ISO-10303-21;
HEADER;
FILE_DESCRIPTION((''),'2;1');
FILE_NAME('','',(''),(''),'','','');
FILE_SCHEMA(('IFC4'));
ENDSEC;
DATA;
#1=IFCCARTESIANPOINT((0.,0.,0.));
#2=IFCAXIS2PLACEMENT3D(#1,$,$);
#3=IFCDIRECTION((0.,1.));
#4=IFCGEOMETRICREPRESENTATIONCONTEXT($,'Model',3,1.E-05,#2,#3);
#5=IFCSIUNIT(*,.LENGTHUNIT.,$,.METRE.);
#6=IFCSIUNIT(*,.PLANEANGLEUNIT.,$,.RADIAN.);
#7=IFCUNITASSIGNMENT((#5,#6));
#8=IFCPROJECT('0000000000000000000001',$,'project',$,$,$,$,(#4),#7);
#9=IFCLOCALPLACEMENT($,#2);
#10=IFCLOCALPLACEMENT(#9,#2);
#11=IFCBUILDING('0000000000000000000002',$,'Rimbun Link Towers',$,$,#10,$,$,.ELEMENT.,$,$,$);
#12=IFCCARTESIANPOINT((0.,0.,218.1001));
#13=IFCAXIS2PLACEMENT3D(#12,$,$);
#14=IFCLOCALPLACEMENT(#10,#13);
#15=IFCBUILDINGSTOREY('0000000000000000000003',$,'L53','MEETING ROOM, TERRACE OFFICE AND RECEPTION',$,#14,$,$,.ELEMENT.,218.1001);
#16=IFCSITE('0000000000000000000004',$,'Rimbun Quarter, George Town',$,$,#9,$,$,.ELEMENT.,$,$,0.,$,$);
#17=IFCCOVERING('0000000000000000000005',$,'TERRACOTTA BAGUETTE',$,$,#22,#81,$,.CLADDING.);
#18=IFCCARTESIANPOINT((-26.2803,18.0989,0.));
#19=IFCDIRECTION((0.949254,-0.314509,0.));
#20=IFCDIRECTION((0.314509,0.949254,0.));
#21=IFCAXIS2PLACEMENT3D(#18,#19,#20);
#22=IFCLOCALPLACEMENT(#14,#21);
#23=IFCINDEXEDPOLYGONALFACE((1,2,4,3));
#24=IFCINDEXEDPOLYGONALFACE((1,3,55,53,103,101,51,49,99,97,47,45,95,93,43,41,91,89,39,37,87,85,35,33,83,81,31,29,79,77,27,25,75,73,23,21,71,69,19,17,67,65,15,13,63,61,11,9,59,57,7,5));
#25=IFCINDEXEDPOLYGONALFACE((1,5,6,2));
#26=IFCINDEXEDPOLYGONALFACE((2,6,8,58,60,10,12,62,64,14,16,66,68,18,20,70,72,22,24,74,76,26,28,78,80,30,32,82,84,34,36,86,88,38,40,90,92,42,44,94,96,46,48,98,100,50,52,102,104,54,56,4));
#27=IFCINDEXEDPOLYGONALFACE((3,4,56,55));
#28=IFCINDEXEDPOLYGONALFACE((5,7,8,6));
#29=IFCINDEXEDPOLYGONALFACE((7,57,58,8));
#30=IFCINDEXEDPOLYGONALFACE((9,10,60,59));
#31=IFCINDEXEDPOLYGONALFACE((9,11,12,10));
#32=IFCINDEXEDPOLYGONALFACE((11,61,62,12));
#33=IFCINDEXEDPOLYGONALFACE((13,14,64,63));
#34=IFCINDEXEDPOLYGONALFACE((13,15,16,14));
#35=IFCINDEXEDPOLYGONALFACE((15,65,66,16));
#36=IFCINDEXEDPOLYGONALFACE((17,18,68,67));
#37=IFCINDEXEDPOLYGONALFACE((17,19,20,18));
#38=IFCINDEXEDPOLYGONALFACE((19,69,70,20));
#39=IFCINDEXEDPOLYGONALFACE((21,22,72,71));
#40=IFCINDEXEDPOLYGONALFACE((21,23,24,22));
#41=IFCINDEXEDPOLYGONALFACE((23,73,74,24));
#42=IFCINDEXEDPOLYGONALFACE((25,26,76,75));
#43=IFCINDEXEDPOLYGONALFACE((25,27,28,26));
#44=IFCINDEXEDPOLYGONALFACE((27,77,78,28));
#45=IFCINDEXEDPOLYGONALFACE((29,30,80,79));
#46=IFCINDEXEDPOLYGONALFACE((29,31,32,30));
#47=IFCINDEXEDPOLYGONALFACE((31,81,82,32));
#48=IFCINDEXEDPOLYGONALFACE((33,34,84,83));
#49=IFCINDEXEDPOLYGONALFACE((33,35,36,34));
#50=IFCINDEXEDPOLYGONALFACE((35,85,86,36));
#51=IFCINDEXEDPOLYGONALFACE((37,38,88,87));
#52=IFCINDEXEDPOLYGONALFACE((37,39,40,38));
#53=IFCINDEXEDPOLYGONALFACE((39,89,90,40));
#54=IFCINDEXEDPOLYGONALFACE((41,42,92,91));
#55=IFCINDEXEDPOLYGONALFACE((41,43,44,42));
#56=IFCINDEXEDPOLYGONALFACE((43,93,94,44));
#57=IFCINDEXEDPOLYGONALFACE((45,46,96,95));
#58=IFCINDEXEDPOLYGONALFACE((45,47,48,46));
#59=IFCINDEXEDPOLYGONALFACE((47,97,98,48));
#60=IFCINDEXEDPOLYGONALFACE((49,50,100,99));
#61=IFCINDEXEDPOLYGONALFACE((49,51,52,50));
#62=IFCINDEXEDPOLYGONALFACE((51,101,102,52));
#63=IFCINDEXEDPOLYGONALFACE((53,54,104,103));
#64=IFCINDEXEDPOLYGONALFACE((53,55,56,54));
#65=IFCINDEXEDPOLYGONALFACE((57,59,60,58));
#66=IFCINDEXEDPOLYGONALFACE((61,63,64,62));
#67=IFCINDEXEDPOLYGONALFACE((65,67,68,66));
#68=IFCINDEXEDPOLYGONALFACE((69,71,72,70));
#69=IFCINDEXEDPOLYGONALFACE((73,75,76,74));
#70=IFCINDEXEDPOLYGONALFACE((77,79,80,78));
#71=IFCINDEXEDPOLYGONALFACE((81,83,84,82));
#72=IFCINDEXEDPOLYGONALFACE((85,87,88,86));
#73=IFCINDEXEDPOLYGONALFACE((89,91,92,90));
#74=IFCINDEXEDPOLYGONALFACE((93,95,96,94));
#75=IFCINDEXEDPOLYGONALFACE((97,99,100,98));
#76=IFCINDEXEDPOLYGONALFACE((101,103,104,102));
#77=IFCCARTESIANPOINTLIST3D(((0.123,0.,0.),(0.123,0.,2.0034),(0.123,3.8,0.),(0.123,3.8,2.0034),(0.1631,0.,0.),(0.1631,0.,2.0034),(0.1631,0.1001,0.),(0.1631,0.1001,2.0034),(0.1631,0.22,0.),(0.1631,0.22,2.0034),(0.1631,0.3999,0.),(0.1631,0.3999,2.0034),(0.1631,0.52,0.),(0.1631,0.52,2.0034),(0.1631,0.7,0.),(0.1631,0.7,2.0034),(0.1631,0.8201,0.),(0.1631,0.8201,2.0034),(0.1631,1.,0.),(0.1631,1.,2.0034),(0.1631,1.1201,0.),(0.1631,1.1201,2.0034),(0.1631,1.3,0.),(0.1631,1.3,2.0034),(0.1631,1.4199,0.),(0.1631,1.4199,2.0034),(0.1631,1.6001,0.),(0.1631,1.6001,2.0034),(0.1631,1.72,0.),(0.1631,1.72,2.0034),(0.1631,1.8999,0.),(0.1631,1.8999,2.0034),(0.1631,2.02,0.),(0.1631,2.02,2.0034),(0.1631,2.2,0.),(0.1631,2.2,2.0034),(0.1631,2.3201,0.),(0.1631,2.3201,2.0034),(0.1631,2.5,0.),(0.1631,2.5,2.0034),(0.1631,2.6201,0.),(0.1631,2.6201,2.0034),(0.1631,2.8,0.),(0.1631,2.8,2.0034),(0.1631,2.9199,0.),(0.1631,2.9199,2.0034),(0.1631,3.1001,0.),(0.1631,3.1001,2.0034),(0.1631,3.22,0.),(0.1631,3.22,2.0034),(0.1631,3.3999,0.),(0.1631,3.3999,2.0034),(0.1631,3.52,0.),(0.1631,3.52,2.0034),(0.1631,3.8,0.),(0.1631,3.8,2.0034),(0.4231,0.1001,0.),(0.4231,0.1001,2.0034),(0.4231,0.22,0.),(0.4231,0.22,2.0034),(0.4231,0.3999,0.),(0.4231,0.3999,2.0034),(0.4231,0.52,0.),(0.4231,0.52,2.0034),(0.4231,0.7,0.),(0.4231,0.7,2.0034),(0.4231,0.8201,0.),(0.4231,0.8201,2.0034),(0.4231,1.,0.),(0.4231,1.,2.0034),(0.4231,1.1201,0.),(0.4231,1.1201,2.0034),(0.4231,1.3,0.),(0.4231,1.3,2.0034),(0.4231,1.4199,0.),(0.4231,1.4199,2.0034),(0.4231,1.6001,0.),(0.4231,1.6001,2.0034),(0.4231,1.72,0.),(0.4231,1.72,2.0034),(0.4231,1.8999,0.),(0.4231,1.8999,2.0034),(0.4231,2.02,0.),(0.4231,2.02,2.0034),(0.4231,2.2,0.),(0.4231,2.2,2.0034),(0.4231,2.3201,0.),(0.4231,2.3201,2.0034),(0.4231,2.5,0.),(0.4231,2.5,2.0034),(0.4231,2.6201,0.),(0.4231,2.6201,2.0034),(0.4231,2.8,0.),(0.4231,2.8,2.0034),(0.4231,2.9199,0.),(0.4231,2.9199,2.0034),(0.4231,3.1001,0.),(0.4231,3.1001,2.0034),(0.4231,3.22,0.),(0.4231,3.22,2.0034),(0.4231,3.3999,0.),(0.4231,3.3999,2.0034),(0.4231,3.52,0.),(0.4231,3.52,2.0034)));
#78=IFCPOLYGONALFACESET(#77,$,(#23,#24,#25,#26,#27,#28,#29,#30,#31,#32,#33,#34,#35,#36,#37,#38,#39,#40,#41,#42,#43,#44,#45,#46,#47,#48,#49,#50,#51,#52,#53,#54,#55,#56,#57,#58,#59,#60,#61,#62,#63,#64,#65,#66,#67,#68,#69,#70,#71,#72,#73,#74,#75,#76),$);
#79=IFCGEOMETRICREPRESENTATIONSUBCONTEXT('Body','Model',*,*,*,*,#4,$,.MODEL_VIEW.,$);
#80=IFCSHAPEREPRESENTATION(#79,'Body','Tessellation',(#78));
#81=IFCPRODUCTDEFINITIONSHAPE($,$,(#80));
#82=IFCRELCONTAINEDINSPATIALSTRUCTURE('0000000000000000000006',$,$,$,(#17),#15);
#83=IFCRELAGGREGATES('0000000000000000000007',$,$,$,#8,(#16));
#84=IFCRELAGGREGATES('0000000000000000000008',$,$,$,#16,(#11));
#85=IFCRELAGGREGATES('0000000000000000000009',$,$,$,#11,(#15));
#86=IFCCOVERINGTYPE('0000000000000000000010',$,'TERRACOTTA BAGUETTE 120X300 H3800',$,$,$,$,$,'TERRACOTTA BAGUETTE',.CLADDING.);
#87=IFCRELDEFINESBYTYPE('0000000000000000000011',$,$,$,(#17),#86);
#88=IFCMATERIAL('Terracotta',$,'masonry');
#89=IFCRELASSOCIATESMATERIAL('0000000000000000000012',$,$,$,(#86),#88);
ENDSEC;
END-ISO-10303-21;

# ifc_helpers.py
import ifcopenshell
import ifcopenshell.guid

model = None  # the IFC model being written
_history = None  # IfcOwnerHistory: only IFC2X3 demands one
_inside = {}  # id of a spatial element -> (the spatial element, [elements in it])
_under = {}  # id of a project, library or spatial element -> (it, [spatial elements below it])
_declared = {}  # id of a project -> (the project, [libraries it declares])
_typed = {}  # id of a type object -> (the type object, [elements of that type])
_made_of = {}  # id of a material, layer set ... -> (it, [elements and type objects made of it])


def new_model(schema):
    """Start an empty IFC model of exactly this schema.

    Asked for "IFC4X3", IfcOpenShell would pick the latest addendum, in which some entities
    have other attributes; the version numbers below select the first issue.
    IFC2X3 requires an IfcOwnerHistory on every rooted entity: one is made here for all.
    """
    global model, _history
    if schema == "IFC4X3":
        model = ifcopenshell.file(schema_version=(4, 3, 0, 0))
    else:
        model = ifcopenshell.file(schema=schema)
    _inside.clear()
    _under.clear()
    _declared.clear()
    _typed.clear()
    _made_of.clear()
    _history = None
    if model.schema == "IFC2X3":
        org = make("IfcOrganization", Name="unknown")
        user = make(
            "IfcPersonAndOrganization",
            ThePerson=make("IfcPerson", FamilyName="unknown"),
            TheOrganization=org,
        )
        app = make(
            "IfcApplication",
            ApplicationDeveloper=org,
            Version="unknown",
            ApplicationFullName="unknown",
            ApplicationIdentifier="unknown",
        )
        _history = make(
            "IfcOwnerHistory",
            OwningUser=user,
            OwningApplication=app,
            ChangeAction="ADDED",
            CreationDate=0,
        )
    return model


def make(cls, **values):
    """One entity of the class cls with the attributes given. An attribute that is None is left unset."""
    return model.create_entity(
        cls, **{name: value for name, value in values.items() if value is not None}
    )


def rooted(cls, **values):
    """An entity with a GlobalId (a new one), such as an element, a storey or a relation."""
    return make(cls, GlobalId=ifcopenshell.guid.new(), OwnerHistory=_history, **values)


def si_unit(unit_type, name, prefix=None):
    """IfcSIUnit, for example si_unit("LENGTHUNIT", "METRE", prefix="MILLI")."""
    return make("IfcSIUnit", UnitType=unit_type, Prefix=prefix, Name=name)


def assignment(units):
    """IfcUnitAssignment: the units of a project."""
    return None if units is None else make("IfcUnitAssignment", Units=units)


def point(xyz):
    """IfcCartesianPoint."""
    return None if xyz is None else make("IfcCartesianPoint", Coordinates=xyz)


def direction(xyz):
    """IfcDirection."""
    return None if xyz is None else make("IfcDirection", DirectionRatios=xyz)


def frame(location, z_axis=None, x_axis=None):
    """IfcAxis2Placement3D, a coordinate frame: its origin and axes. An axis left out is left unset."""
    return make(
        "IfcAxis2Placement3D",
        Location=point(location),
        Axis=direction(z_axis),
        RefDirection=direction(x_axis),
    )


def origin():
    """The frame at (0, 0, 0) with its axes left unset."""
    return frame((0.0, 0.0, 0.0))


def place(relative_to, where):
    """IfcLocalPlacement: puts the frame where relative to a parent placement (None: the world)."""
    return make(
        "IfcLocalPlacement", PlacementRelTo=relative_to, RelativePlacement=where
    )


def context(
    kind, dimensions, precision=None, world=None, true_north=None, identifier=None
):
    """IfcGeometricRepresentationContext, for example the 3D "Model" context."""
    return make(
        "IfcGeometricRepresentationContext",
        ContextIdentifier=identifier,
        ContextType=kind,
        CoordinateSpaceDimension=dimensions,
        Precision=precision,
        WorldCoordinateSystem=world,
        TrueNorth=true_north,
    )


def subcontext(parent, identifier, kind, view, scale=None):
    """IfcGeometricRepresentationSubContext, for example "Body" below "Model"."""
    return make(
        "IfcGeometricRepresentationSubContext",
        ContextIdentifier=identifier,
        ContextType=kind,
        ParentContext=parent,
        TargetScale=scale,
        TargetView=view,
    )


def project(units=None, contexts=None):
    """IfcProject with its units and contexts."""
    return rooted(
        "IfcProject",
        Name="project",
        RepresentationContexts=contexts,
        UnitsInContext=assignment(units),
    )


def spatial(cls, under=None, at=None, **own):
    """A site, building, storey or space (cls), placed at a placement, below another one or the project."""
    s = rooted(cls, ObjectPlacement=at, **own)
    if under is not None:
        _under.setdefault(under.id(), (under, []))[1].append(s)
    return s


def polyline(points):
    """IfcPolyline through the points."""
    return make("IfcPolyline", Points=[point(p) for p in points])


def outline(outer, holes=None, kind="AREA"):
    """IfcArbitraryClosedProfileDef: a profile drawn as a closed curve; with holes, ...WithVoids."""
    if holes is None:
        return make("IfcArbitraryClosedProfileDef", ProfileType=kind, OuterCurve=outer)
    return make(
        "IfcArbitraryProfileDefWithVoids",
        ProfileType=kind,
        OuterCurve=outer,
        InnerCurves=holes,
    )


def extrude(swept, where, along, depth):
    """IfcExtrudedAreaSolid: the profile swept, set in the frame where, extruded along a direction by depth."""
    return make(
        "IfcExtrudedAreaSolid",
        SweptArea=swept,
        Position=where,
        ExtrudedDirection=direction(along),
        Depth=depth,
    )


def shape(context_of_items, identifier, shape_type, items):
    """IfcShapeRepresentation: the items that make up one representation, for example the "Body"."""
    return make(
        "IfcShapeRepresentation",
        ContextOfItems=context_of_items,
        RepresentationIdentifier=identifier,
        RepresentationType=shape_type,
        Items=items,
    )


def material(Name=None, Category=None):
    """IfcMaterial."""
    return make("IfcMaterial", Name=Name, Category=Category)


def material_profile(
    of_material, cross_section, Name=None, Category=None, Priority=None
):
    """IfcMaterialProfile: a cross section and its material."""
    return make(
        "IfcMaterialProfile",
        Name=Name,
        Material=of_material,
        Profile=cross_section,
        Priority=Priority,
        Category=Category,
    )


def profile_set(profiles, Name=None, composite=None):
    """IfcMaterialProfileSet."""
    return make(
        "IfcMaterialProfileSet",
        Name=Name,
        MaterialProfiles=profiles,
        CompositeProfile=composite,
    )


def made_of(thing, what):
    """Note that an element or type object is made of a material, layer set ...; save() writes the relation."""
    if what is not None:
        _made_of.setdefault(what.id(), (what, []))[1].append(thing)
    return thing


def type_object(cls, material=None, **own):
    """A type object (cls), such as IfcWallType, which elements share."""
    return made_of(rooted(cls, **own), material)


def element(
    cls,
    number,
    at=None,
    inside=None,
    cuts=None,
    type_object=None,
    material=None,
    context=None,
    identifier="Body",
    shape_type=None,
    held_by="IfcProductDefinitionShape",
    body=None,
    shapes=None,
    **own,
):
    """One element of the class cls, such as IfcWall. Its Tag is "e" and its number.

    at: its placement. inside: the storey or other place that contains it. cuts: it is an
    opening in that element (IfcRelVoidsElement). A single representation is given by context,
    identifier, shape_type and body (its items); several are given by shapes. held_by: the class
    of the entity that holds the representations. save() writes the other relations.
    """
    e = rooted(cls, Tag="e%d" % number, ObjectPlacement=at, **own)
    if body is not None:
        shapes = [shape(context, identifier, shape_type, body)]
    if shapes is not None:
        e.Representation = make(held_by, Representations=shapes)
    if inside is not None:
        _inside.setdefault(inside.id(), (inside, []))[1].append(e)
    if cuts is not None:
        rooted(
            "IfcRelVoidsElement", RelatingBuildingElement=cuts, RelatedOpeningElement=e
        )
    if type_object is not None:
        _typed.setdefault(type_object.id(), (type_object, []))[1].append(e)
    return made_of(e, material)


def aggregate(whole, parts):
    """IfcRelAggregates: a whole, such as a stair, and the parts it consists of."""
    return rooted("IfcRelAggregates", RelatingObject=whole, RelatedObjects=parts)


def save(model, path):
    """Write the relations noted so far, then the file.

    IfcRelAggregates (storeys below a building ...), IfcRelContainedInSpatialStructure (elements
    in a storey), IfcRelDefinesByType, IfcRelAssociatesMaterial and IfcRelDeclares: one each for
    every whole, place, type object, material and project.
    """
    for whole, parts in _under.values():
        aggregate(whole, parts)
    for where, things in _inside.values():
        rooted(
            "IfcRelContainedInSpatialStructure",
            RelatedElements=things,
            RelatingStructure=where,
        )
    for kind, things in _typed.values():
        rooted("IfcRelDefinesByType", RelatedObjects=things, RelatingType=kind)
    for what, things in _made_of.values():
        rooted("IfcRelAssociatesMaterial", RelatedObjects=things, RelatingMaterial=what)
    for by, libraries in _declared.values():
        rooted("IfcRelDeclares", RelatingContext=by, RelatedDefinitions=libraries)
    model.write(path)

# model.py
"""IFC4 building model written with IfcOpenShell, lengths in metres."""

from ifc_helpers import new_model, si_unit, direction, frame, origin, place, context, subcontext, project, spatial, polyline, outline, extrude, material, material_profile, profile_set, type_object, element, save


model = new_model("IFC4")

# Units and contexts
model_context = context("Model", 3, precision=1e-05, world=origin(), true_north=direction((0.0, 1.0)))
body_context = subcontext(model_context, "Body", "Model", "MODEL_VIEW")
ifc_project = project(units=[si_unit("LENGTHUNIT", "METRE"), si_unit("PLANEANGLEUNIT", "RADIAN")], contexts=[model_context])

# Site, building, storey
site_placement = place(None, origin())
site = spatial("IfcSite", under=ifc_project, at=site_placement, Name="Rimbun Quarter, George Town", CompositionType="ELEMENT", RefElevation=0.0)
building_placement = place(site_placement, origin())
building = spatial("IfcBuilding", under=site, at=building_placement, Name="Rimbun Link Towers", CompositionType="ELEMENT")
storey_placement = place(building_placement, frame((0.0, 0.0, 218.1001)))
storey = spatial("IfcBuildingStorey", under=building, at=storey_placement, Name="L53", Description="MEETING ROOM, TERRACE OFFICE AND RECEPTION", CompositionType="ELEMENT", Elevation=218.1001)

# Covering
ifc_material_1 = material(Name="Terracotta", Category="masonry")
ifc_material_profile_1 = material_profile(ifc_material_1, outline(polyline([(0.123, 0.0), (0.1631, 0.0), (0.1631, 0.1001), (0.4231, 0.1001), (0.4231, 0.22), (0.1631, 0.22), (0.1631, 0.3999), (0.4231, 0.3999), (0.4231, 0.52), (0.1631, 0.52), (0.1631, 0.7), (0.4231, 0.7), (0.4231, 0.8201), (0.1631, 0.8201), (0.1631, 1.0), (0.4231, 1.0), (0.4231, 1.1201), (0.1631, 1.1201), (0.1631, 1.3), (0.4231, 1.3), (0.4231, 1.4199), (0.1631, 1.4199), (0.1631, 1.6001), (0.4231, 1.6001), (0.4231, 1.72), (0.1631, 1.72), (0.1631, 1.8999), (0.4231, 1.8999), (0.4231, 2.02), (0.1631, 2.02), (0.1631, 2.2), (0.4231, 2.2), (0.4231, 2.3201), (0.1631, 2.3201), (0.1631, 2.5), (0.4231, 2.5), (0.4231, 2.6201), (0.1631, 2.6201), (0.1631, 2.8), (0.4231, 2.8), (0.4231, 2.9199), (0.1631, 2.9199), (0.1631, 3.1001), (0.4231, 3.1001), (0.4231, 3.22), (0.1631, 3.22), (0.1631, 3.3999), (0.4231, 3.3999), (0.4231, 3.52), (0.1631, 3.52), (0.1631, 3.8), (0.123, 3.8), (0.123, 0.0)])), Name="BAGUETTE 120X300")
ifc_profile_set_1 = profile_set([ifc_material_profile_1], Name="Terracotta")
covering_type = type_object("IfcCoveringType", Name="TERRACOTTA BAGUETTE 120X300 H3800", ElementType="TERRACOTTA BAGUETTE", PredefinedType="CLADDING", material=ifc_profile_set_1)
covering_1_placement = place(storey_placement, frame((-26.2803, 18.0989, 0.0), z_axis=(0.949254, -0.314509, 0.0), x_axis=(0.314509, 0.949254, 0.0)))
element("IfcCovering", 1, at=covering_1_placement, inside=storey, type_object=covering_type, Name="TERRACOTTA BAGUETTE", PredefinedType="CLADDING", context=body_context, shape_type="SweptSolid", body=[
    extrude(outline(polyline([(0.123, 0.0), (0.1631, 0.0), (0.1631, 0.1001), (0.4231, 0.1001), (0.4231, 0.22), (0.1631, 0.22), (0.1631, 0.3999), (0.4231, 0.3999), (0.4231, 0.52), (0.1631, 0.52), (0.1631, 0.7), (0.4231, 0.7), (0.4231, 0.8201), (0.1631, 0.8201), (0.1631, 1.0), (0.4231, 1.0), (0.4231, 1.1201), (0.1631, 1.1201), (0.1631, 1.3), (0.4231, 1.3), (0.4231, 1.4199), (0.1631, 1.4199), (0.1631, 1.6001), (0.4231, 1.6001), (0.4231, 1.72), (0.1631, 1.72), (0.1631, 1.8999), (0.4231, 1.8999), (0.4231, 2.02), (0.1631, 2.02), (0.1631, 2.2), (0.4231, 2.2), (0.4231, 2.3201), (0.1631, 2.3201), (0.1631, 2.5), (0.4231, 2.5), (0.4231, 2.6201), (0.1631, 2.6201), (0.1631, 2.8), (0.4231, 2.8), (0.4231, 2.9199), (0.1631, 2.9199), (0.1631, 3.1001), (0.4231, 3.1001), (0.4231, 3.22), (0.1631, 3.22), (0.1631, 3.3999), (0.4231, 3.3999), (0.4231, 3.52), (0.1631, 3.52), (0.1631, 3.8), (0.123, 3.8), (0.123, 0.0)])), origin(), (0.0, 0.0, 1.0), 2.0034),
])

save(model, "model.ifc")
